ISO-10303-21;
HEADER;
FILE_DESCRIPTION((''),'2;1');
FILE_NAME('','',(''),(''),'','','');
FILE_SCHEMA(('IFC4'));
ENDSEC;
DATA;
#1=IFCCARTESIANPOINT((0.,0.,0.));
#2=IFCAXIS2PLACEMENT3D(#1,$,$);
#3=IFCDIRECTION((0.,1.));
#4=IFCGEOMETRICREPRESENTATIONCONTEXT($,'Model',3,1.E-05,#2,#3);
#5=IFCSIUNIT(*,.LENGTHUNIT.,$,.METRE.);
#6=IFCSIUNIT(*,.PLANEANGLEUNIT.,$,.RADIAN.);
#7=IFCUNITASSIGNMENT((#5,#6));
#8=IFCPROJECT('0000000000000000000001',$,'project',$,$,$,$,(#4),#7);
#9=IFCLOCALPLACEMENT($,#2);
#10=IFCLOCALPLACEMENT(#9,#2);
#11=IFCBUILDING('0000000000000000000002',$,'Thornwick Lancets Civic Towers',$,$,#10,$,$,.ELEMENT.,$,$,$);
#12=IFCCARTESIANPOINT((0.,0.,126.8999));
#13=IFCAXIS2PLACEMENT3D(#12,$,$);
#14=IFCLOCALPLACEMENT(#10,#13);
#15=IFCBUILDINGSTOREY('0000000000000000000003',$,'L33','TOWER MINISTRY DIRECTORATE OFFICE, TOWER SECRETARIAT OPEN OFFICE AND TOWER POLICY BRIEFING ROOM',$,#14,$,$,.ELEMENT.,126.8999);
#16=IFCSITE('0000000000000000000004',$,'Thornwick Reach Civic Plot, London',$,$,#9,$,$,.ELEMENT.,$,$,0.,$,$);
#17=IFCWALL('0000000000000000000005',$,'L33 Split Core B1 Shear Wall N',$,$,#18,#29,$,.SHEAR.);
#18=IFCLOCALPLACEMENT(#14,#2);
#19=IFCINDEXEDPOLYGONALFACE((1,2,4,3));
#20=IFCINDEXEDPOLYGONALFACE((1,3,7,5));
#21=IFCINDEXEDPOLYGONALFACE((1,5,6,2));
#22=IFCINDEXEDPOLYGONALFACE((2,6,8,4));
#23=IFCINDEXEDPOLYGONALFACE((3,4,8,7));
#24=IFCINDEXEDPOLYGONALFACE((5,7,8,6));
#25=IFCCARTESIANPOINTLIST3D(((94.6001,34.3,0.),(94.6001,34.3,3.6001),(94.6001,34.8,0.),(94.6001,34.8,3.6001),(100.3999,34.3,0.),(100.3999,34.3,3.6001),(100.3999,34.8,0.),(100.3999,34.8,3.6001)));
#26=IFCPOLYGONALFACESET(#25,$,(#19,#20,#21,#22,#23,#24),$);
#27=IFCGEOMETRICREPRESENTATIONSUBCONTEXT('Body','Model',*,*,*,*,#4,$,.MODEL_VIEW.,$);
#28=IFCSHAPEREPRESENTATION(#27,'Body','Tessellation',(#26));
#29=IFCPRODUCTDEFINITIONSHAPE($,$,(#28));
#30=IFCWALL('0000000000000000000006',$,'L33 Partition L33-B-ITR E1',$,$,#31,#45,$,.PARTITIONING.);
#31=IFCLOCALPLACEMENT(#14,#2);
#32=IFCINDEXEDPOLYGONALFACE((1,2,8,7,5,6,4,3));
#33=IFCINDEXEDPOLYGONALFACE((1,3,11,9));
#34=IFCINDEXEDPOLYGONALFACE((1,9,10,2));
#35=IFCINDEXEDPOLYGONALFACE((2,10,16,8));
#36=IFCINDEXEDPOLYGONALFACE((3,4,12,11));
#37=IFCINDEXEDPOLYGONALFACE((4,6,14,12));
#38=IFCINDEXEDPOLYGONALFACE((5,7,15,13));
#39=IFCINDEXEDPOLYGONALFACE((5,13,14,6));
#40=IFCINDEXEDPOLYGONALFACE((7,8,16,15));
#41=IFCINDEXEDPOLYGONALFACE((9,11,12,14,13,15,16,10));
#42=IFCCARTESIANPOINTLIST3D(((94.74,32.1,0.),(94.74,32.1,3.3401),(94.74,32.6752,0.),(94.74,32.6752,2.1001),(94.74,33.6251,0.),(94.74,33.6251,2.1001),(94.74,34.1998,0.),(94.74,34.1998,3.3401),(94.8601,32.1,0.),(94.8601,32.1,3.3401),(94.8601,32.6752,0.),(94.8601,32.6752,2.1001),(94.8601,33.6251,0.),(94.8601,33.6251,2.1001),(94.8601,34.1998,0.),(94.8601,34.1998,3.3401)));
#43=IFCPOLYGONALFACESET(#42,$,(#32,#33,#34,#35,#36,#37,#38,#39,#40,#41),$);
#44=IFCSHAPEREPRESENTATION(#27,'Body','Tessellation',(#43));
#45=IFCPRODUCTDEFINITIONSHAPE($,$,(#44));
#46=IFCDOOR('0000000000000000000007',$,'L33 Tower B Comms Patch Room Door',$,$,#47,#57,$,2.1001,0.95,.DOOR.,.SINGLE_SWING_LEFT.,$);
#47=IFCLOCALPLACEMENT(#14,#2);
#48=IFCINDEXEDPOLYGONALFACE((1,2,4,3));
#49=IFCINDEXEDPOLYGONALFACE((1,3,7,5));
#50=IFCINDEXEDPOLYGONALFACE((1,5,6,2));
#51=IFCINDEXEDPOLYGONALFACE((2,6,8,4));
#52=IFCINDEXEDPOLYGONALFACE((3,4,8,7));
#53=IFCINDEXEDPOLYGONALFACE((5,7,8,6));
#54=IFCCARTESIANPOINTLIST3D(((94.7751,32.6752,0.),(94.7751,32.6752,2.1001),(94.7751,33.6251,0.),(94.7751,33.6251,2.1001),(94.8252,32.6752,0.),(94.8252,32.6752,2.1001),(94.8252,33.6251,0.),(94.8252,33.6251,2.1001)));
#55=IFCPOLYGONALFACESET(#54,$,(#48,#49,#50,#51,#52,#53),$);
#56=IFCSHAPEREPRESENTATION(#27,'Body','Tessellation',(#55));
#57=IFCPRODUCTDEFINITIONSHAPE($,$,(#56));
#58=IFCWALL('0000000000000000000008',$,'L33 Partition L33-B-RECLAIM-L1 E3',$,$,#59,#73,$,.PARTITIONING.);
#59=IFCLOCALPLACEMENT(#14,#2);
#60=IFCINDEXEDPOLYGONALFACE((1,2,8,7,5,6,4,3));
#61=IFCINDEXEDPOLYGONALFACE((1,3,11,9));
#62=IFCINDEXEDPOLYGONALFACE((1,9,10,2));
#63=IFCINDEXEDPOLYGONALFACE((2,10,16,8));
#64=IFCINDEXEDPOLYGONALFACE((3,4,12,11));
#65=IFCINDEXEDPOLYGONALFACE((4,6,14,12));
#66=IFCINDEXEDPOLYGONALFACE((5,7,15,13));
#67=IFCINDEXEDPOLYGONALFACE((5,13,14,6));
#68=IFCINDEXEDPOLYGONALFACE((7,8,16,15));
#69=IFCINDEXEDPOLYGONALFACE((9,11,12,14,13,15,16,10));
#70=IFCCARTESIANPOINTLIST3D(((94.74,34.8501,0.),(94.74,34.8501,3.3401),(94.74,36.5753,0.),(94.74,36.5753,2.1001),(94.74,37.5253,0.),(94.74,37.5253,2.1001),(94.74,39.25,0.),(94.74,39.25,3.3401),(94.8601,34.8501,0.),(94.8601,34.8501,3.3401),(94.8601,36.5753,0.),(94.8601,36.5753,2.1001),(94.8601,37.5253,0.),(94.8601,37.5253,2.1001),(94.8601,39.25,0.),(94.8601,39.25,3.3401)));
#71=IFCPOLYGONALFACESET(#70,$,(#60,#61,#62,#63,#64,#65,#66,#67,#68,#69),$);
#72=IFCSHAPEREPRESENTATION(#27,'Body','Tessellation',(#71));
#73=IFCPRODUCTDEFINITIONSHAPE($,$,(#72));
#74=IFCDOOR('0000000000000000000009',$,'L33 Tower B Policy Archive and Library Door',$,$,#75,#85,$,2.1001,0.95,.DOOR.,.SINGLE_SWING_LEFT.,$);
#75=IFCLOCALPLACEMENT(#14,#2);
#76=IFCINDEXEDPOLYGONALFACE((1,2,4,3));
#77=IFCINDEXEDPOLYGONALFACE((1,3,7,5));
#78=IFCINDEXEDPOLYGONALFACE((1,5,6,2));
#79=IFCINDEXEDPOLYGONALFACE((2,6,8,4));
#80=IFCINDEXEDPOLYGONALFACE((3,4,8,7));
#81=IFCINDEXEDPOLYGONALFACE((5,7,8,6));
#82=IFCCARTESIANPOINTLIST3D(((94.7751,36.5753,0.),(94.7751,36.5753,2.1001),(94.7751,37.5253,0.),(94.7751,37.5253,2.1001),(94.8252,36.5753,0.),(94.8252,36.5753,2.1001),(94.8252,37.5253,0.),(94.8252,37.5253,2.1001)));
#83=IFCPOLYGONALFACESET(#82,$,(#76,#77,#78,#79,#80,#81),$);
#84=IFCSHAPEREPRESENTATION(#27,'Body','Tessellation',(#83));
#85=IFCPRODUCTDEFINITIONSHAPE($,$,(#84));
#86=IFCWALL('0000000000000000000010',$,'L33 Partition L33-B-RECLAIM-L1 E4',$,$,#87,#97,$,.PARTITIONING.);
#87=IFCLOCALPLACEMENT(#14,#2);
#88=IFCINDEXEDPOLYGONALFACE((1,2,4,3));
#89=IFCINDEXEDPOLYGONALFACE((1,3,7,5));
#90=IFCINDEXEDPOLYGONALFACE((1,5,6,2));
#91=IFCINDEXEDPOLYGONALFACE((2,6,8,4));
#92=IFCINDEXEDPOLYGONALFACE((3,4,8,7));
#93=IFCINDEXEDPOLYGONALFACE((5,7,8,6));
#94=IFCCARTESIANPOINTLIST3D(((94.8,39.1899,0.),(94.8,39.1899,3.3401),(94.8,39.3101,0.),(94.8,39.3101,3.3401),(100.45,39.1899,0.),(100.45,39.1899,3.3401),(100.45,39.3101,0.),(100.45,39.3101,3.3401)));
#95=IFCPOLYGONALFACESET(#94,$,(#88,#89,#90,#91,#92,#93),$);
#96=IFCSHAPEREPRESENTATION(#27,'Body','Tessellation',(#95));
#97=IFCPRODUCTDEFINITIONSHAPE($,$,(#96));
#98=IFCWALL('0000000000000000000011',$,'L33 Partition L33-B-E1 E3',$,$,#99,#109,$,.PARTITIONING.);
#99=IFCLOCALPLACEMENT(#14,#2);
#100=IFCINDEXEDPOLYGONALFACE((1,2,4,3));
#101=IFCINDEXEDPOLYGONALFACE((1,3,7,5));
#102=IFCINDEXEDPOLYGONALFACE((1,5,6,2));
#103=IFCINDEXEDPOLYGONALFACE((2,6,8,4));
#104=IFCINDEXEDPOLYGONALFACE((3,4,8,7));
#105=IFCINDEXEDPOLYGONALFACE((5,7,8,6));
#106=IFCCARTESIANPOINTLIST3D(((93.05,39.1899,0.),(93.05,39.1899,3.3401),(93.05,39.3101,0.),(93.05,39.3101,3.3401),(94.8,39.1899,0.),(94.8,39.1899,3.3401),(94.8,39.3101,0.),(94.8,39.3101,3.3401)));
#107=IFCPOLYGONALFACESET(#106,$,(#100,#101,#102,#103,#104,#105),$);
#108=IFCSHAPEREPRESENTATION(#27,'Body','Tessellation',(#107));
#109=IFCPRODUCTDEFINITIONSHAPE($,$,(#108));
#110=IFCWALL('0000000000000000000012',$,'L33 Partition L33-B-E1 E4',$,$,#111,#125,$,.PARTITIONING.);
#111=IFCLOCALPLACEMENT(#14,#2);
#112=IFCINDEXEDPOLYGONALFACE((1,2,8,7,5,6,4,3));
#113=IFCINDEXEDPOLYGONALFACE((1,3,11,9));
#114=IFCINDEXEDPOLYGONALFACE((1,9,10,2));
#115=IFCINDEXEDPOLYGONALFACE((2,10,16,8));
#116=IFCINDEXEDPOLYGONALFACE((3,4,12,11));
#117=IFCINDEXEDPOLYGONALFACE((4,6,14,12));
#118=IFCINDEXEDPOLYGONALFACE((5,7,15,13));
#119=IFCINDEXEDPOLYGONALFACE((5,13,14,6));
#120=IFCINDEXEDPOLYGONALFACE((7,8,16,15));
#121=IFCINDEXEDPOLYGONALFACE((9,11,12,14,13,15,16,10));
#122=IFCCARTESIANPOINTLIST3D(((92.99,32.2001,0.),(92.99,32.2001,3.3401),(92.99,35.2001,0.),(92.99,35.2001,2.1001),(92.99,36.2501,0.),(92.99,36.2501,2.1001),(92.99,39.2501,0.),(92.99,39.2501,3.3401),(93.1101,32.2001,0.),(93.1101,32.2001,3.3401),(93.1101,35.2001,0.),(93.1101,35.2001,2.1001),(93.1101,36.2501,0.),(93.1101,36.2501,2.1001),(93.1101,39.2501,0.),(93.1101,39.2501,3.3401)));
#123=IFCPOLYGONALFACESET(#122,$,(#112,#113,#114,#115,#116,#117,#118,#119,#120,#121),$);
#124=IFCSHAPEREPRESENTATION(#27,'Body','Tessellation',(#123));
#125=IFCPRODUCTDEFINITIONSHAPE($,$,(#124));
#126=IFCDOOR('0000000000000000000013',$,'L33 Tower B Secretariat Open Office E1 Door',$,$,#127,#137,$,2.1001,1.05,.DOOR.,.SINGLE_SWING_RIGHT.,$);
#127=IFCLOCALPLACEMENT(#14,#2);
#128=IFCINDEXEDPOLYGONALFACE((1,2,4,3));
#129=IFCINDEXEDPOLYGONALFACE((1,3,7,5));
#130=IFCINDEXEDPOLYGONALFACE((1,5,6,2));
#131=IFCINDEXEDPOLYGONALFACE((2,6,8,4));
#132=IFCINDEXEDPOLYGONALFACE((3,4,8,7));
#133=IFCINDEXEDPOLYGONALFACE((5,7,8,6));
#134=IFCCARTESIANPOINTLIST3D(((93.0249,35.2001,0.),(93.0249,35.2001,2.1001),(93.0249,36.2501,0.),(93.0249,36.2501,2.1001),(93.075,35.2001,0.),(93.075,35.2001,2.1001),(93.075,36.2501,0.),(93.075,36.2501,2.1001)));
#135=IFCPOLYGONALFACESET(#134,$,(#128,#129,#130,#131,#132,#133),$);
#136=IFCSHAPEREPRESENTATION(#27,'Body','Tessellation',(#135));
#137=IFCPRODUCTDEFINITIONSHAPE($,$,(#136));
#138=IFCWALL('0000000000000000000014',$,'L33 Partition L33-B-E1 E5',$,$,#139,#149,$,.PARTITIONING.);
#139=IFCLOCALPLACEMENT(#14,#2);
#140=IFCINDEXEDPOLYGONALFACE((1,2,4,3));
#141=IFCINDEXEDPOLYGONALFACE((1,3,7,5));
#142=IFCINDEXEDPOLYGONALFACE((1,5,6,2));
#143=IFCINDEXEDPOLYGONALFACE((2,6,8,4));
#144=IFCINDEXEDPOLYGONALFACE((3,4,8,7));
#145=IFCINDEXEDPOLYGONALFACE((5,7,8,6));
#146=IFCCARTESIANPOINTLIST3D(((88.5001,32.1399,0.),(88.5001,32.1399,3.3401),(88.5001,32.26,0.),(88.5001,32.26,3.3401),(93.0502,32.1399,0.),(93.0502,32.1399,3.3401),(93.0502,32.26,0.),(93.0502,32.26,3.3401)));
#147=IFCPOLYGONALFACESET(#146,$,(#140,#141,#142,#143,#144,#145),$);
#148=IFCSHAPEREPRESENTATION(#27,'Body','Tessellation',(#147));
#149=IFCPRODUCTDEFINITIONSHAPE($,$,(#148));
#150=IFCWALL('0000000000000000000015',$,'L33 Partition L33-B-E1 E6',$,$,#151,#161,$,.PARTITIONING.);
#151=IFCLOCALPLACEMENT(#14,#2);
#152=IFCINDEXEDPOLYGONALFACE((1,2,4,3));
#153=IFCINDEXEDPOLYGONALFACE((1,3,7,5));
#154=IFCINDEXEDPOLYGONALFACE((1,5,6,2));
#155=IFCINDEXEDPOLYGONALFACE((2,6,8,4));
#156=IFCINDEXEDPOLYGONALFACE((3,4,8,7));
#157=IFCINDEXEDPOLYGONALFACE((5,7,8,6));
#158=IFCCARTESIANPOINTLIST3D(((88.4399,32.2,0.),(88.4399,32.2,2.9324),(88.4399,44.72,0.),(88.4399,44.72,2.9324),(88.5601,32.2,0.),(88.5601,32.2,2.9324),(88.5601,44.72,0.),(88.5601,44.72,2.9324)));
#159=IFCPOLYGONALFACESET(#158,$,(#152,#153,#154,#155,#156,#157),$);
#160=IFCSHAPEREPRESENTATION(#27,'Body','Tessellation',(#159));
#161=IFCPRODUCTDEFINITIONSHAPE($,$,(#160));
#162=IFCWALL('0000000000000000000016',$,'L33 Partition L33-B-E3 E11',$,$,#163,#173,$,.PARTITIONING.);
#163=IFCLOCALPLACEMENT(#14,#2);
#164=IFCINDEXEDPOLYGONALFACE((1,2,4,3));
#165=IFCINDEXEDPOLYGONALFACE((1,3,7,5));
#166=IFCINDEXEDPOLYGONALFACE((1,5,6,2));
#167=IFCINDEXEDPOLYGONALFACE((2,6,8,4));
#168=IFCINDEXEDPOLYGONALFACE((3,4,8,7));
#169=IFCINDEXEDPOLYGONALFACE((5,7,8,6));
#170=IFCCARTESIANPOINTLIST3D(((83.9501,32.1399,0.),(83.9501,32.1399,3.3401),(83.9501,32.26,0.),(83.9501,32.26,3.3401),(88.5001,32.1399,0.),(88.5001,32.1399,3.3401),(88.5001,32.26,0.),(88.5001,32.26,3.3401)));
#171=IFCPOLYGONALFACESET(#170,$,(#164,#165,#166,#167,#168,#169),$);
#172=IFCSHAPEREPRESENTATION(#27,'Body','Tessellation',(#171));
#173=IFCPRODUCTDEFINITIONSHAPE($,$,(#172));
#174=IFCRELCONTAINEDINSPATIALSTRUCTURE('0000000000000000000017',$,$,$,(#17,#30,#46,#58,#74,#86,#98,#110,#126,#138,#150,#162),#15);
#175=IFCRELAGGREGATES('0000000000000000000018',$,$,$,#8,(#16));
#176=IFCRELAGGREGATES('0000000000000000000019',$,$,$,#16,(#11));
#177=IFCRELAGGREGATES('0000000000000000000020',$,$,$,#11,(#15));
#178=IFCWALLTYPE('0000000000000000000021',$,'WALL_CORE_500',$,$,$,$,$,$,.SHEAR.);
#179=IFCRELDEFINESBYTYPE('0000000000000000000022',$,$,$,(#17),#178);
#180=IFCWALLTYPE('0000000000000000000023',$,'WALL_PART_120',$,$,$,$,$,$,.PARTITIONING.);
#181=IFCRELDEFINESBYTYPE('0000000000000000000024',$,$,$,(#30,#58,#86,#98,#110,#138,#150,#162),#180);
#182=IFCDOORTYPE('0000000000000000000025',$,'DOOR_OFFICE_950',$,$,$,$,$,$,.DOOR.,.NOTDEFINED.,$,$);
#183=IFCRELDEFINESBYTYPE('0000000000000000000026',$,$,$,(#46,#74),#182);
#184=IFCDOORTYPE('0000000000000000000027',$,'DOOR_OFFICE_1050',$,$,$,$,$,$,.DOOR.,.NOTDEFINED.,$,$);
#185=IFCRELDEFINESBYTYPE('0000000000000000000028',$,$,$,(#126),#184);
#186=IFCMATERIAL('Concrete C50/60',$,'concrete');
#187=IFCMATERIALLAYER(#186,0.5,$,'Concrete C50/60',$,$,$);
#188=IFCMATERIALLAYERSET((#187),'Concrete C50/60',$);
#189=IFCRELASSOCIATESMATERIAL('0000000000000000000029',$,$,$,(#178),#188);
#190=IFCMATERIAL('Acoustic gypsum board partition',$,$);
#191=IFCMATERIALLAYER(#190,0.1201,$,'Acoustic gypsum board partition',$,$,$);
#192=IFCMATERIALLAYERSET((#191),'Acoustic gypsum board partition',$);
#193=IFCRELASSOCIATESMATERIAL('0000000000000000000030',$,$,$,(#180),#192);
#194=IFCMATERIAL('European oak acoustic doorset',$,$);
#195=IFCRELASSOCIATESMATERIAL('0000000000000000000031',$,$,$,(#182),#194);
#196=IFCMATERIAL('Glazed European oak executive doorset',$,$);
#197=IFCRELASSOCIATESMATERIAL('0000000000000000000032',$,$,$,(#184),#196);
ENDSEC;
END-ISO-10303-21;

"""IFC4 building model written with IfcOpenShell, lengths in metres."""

from ifc_helpers import new_model, si_unit, direction, frame, frame_2d, origin, place, context, subcontext, project, spatial, rectangle, extrude, material, layer, layer_set, type_object, element, fill, save


model = new_model("IFC4")

# Units and contexts
model_context = context("Model", 3, precision=1e-05, world=origin(), true_north=direction((0.0, 1.0)))
body_context = subcontext(model_context, "Body", "Model", "MODEL_VIEW")
ifc_project = project(units=[si_unit("LENGTHUNIT", "METRE"), si_unit("PLANEANGLEUNIT", "RADIAN")], contexts=[model_context])

# Site, building, storey
site_placement = place(None, origin())
site = spatial("IfcSite", under=ifc_project, at=site_placement, Name="Thornwick Reach Civic Plot, London", CompositionType="ELEMENT", RefElevation=0.0)
building_placement = place(site_placement, origin())
building = spatial("IfcBuilding", under=site, at=building_placement, Name="Thornwick Lancets Civic Towers", CompositionType="ELEMENT")
storey_placement = place(building_placement, frame((0.0, 0.0, 126.8999)))
storey = spatial("IfcBuildingStorey", under=building, at=storey_placement, Name="L33", Description="TOWER MINISTRY DIRECTORATE OFFICE, TOWER SECRETARIAT OPEN OFFICE AND TOWER POLICY BRIEFING ROOM", CompositionType="ELEMENT", Elevation=126.8999)

# Wall
ifc_material_1 = material(Name="Concrete C50/60", Category="concrete")
ifc_layer_1 = layer(ifc_material_1, 0.5, Name="Concrete C50/60")
ifc_layer_set_1 = layer_set([ifc_layer_1], Name="Concrete C50/60")
wall_type_1 = type_object("IfcWallType", Name="WALL_CORE_500", PredefinedType="SHEAR", material=ifc_layer_set_1)
wall_1_placement = place(storey_placement, frame((94.6001, 34.55, 0.0), z_axis=(0.0, 0.0, 1.0), x_axis=(1.0, 0.0, 0.0)))
element("IfcWall", 1, at=wall_1_placement, inside=storey, type_object=wall_type_1, Name="L33 Split Core B1 Shear Wall N", PredefinedType="SHEAR", context=body_context, shape_type="SweptSolid", body=[
    extrude(rectangle(XDim=5.7998, YDim=0.5, at=frame_2d((2.8999, 0.0))), origin(), (0.0, 0.0, 1.0), 3.6001),
])

# Walls, openings, doors
ifc_material_2 = material(Name="Acoustic gypsum board partition")
ifc_layer_2 = layer(ifc_material_2, 0.1201, Name="Acoustic gypsum board partition")
ifc_layer_set_2 = layer_set([ifc_layer_2], Name="Acoustic gypsum board partition")
wall_type_2 = type_object("IfcWallType", Name="WALL_PART_120", PredefinedType="PARTITIONING", material=ifc_layer_set_2)
wall_2_placement = place(storey_placement, frame((94.8, 32.1001, 0.0), z_axis=(0.0, 0.0, 1.0), x_axis=(0.0, 1.0, 0.0)))
wall_2 = element("IfcWall", 2, at=wall_2_placement, inside=storey, type_object=wall_type_2, Name="L33 Partition L33-B-ITR E1", PredefinedType="PARTITIONING", context=body_context, shape_type="SweptSolid", body=[
    extrude(rectangle(XDim=2.0999, YDim=0.1201, at=frame_2d((1.0498, 0.0))), origin(), (0.0, 0.0, 1.0), 3.3401),
])
opening_1_placement = place(wall_2_placement, frame((0.575, 0.0, 0.0)))
opening_1 = element("IfcOpeningElement", 3, at=opening_1_placement, cuts=wall_2, PredefinedType="OPENING", context=body_context, shape_type="SweptSolid", body=[
    extrude(rectangle(XDim=0.95, YDim=2.1001, at=frame_2d((0.4751, 1.05))), frame((0.0, 0.0701, 0.0), z_axis=(0.0, -1.0, 0.0), x_axis=(1.0, 0.0, 0.0)), (0.0, 0.0, 1.0), 0.1401),
])
ifc_material_3 = material(Name="European oak acoustic doorset")
door_type_1 = type_object("IfcDoorType", Name="DOOR_OFFICE_950", OperationType="NOTDEFINED", PredefinedType="DOOR", material=ifc_material_3)
door_1_placement = place(opening_1_placement, origin())
door_1 = element("IfcDoor", 4, at=door_1_placement, inside=storey, type_object=door_type_1, Name="L33 Tower B Comms Patch Room Door", OperationType="SINGLE_SWING_LEFT", OverallHeight=2.1001, OverallWidth=0.95, PredefinedType="DOOR", context=body_context, shape_type="SweptSolid", body=[
    extrude(rectangle(XDim=0.95, YDim=2.1001, at=frame_2d((0.4751, 1.05))), frame((0.0, 0.0249, 0.0), z_axis=(0.0, -1.0, 0.0), x_axis=(1.0, 0.0, 0.0)), (0.0, 0.0, 1.0), 0.05),
])
fill(opening_1, door_1)
wall_3_placement = place(storey_placement, frame((94.8, 34.8501, 0.0), z_axis=(0.0, 0.0, 1.0), x_axis=(0.0, 1.0, 0.0)))
wall_3 = element("IfcWall", 5, at=wall_3_placement, inside=storey, type_object=wall_type_2, Name="L33 Partition L33-B-RECLAIM-L1 E3", PredefinedType="PARTITIONING", context=body_context, shape_type="SweptSolid", body=[
    extrude(rectangle(XDim=4.3999, YDim=0.1201, at=frame_2d((2.2, 0.0))), origin(), (0.0, 0.0, 1.0), 3.3401),
])
opening_2_placement = place(wall_3_placement, frame((1.7251, 0.0, 0.0)))
opening_2 = element("IfcOpeningElement", 6, at=opening_2_placement, cuts=wall_3, PredefinedType="OPENING", context=body_context, shape_type="SweptSolid", body=[
    extrude(rectangle(XDim=0.95, YDim=2.1001, at=frame_2d((0.4751, 1.05))), frame((0.0, 0.0701, 0.0), z_axis=(0.0, -1.0, 0.0), x_axis=(1.0, 0.0, 0.0)), (0.0, 0.0, 1.0), 0.1401),
])
door_2_placement = place(opening_2_placement, origin())
door_2 = element("IfcDoor", 7, at=door_2_placement, inside=storey, type_object=door_type_1, Name="L33 Tower B Policy Archive and Library Door", OperationType="SINGLE_SWING_LEFT", OverallHeight=2.1001, OverallWidth=0.95, PredefinedType="DOOR", context=body_context, shape_type="SweptSolid", body=[
    extrude(rectangle(XDim=0.95, YDim=2.1001, at=frame_2d((0.4751, 1.05))), frame((0.0, 0.0249, 0.0), z_axis=(0.0, -1.0, 0.0), x_axis=(1.0, 0.0, 0.0)), (0.0, 0.0, 1.0), 0.05),
])
fill(opening_2, door_2)

# Walls
wall_4_placement = place(storey_placement, frame((94.8, 39.25, 0.0), z_axis=(0.0, 0.0, 1.0), x_axis=(1.0, 0.0, 0.0)))
element("IfcWall", 8, at=wall_4_placement, inside=storey, type_object=wall_type_2, Name="L33 Partition L33-B-RECLAIM-L1 E4", PredefinedType="PARTITIONING", context=body_context, shape_type="SweptSolid", body=[
    extrude(rectangle(XDim=5.6499, YDim=0.1201, at=frame_2d((2.825, 0.0))), origin(), (0.0, 0.0, 1.0), 3.3401),
])
wall_5_placement = place(storey_placement, frame((94.8, 39.25, 0.0), z_axis=(0.0, 0.0, 1.0), x_axis=(-1.0, 0.0, 0.0)))
element("IfcWall", 9, at=wall_5_placement, inside=storey, type_object=wall_type_2, Name="L33 Partition L33-B-E1 E3", PredefinedType="PARTITIONING", context=body_context, shape_type="SweptSolid", body=[
    extrude(rectangle(XDim=1.75, YDim=0.1201, at=frame_2d((0.875, 0.0))), origin(), (0.0, 0.0, 1.0), 3.3401),
])

# Wall, opening, door
wall_6_placement = place(storey_placement, frame((93.05, 39.25, 0.0), z_axis=(0.0, 0.0, 1.0), x_axis=(0.0, -1.0, 0.0)))
wall_6 = element("IfcWall", 10, at=wall_6_placement, inside=storey, type_object=wall_type_2, Name="L33 Partition L33-B-E1 E4", PredefinedType="PARTITIONING", context=body_context, shape_type="SweptSolid", body=[
    extrude(rectangle(XDim=7.05, YDim=0.1201, at=frame_2d((3.5249, 0.0))), origin(), (0.0, 0.0, 1.0), 3.3401),
])
opening_3_placement = place(wall_6_placement, frame((3.0, 0.0, 0.0)))
opening_3 = element("IfcOpeningElement", 11, at=opening_3_placement, cuts=wall_6, PredefinedType="OPENING", context=body_context, shape_type="SweptSolid", body=[
    extrude(rectangle(XDim=1.05, YDim=2.1001, at=frame_2d((0.5249, 1.05))), frame((0.0, 0.0701, 0.0), z_axis=(0.0, -1.0, 0.0), x_axis=(1.0, 0.0, 0.0)), (0.0, 0.0, 1.0), 0.1401),
])
ifc_material_4 = material(Name="Glazed European oak executive doorset")
door_type_2 = type_object("IfcDoorType", Name="DOOR_OFFICE_1050", OperationType="NOTDEFINED", PredefinedType="DOOR", material=ifc_material_4)
door_3_placement = place(opening_3_placement, origin())
door_3 = element("IfcDoor", 12, at=door_3_placement, inside=storey, type_object=door_type_2, Name="L33 Tower B Secretariat Open Office E1 Door", OperationType="SINGLE_SWING_RIGHT", OverallHeight=2.1001, OverallWidth=1.05, PredefinedType="DOOR", context=body_context, shape_type="SweptSolid", body=[
    extrude(rectangle(XDim=1.05, YDim=2.1001, at=frame_2d((0.5249, 1.05))), frame((0.0, 0.0249, 0.0), z_axis=(0.0, -1.0, 0.0), x_axis=(1.0, 0.0, 0.0)), (0.0, 0.0, 1.0), 0.05),
])
fill(opening_3, door_3)

# Walls
wall_7_placement = place(storey_placement, frame((93.05, 32.2, 0.0), z_axis=(0.0, 0.0, 1.0), x_axis=(-1.0, 0.0, 0.0)))
element("IfcWall", 13, at=wall_7_placement, inside=storey, type_object=wall_type_2, Name="L33 Partition L33-B-E1 E5", PredefinedType="PARTITIONING", context=body_context, shape_type="SweptSolid", body=[
    extrude(rectangle(XDim=4.55, YDim=0.1201, at=frame_2d((2.2749, 0.0))), origin(), (0.0, 0.0, 1.0), 3.3401),
])
wall_8_placement = place(storey_placement, frame((88.5, 32.2, 0.0), z_axis=(0.0, 0.0, 1.0), x_axis=(0.0, 1.0, 0.0)))
element("IfcWall", 14, at=wall_8_placement, inside=storey, type_object=wall_type_2, Name="L33 Partition L33-B-E1 E6", PredefinedType="PARTITIONING", context=body_context, shape_type="SweptSolid", body=[
    extrude(rectangle(XDim=12.52, YDim=0.1201, at=frame_2d((6.26, 0.0))), origin(), (0.0, 0.0, 1.0), 2.9324),
])
wall_9_placement = place(storey_placement, frame((88.5, 32.2, 0.0), z_axis=(0.0, 0.0, 1.0), x_axis=(-1.0, 0.0, 0.0)))
element("IfcWall", 15, at=wall_9_placement, inside=storey, type_object=wall_type_2, Name="L33 Partition L33-B-E3 E11", PredefinedType="PARTITIONING", context=body_context, shape_type="SweptSolid", body=[
    extrude(rectangle(XDim=4.55, YDim=0.1201, at=frame_2d((2.2749, 0.0))), origin(), (0.0, 0.0, 1.0), 3.3401),
])

save(model, "model.ifc")
